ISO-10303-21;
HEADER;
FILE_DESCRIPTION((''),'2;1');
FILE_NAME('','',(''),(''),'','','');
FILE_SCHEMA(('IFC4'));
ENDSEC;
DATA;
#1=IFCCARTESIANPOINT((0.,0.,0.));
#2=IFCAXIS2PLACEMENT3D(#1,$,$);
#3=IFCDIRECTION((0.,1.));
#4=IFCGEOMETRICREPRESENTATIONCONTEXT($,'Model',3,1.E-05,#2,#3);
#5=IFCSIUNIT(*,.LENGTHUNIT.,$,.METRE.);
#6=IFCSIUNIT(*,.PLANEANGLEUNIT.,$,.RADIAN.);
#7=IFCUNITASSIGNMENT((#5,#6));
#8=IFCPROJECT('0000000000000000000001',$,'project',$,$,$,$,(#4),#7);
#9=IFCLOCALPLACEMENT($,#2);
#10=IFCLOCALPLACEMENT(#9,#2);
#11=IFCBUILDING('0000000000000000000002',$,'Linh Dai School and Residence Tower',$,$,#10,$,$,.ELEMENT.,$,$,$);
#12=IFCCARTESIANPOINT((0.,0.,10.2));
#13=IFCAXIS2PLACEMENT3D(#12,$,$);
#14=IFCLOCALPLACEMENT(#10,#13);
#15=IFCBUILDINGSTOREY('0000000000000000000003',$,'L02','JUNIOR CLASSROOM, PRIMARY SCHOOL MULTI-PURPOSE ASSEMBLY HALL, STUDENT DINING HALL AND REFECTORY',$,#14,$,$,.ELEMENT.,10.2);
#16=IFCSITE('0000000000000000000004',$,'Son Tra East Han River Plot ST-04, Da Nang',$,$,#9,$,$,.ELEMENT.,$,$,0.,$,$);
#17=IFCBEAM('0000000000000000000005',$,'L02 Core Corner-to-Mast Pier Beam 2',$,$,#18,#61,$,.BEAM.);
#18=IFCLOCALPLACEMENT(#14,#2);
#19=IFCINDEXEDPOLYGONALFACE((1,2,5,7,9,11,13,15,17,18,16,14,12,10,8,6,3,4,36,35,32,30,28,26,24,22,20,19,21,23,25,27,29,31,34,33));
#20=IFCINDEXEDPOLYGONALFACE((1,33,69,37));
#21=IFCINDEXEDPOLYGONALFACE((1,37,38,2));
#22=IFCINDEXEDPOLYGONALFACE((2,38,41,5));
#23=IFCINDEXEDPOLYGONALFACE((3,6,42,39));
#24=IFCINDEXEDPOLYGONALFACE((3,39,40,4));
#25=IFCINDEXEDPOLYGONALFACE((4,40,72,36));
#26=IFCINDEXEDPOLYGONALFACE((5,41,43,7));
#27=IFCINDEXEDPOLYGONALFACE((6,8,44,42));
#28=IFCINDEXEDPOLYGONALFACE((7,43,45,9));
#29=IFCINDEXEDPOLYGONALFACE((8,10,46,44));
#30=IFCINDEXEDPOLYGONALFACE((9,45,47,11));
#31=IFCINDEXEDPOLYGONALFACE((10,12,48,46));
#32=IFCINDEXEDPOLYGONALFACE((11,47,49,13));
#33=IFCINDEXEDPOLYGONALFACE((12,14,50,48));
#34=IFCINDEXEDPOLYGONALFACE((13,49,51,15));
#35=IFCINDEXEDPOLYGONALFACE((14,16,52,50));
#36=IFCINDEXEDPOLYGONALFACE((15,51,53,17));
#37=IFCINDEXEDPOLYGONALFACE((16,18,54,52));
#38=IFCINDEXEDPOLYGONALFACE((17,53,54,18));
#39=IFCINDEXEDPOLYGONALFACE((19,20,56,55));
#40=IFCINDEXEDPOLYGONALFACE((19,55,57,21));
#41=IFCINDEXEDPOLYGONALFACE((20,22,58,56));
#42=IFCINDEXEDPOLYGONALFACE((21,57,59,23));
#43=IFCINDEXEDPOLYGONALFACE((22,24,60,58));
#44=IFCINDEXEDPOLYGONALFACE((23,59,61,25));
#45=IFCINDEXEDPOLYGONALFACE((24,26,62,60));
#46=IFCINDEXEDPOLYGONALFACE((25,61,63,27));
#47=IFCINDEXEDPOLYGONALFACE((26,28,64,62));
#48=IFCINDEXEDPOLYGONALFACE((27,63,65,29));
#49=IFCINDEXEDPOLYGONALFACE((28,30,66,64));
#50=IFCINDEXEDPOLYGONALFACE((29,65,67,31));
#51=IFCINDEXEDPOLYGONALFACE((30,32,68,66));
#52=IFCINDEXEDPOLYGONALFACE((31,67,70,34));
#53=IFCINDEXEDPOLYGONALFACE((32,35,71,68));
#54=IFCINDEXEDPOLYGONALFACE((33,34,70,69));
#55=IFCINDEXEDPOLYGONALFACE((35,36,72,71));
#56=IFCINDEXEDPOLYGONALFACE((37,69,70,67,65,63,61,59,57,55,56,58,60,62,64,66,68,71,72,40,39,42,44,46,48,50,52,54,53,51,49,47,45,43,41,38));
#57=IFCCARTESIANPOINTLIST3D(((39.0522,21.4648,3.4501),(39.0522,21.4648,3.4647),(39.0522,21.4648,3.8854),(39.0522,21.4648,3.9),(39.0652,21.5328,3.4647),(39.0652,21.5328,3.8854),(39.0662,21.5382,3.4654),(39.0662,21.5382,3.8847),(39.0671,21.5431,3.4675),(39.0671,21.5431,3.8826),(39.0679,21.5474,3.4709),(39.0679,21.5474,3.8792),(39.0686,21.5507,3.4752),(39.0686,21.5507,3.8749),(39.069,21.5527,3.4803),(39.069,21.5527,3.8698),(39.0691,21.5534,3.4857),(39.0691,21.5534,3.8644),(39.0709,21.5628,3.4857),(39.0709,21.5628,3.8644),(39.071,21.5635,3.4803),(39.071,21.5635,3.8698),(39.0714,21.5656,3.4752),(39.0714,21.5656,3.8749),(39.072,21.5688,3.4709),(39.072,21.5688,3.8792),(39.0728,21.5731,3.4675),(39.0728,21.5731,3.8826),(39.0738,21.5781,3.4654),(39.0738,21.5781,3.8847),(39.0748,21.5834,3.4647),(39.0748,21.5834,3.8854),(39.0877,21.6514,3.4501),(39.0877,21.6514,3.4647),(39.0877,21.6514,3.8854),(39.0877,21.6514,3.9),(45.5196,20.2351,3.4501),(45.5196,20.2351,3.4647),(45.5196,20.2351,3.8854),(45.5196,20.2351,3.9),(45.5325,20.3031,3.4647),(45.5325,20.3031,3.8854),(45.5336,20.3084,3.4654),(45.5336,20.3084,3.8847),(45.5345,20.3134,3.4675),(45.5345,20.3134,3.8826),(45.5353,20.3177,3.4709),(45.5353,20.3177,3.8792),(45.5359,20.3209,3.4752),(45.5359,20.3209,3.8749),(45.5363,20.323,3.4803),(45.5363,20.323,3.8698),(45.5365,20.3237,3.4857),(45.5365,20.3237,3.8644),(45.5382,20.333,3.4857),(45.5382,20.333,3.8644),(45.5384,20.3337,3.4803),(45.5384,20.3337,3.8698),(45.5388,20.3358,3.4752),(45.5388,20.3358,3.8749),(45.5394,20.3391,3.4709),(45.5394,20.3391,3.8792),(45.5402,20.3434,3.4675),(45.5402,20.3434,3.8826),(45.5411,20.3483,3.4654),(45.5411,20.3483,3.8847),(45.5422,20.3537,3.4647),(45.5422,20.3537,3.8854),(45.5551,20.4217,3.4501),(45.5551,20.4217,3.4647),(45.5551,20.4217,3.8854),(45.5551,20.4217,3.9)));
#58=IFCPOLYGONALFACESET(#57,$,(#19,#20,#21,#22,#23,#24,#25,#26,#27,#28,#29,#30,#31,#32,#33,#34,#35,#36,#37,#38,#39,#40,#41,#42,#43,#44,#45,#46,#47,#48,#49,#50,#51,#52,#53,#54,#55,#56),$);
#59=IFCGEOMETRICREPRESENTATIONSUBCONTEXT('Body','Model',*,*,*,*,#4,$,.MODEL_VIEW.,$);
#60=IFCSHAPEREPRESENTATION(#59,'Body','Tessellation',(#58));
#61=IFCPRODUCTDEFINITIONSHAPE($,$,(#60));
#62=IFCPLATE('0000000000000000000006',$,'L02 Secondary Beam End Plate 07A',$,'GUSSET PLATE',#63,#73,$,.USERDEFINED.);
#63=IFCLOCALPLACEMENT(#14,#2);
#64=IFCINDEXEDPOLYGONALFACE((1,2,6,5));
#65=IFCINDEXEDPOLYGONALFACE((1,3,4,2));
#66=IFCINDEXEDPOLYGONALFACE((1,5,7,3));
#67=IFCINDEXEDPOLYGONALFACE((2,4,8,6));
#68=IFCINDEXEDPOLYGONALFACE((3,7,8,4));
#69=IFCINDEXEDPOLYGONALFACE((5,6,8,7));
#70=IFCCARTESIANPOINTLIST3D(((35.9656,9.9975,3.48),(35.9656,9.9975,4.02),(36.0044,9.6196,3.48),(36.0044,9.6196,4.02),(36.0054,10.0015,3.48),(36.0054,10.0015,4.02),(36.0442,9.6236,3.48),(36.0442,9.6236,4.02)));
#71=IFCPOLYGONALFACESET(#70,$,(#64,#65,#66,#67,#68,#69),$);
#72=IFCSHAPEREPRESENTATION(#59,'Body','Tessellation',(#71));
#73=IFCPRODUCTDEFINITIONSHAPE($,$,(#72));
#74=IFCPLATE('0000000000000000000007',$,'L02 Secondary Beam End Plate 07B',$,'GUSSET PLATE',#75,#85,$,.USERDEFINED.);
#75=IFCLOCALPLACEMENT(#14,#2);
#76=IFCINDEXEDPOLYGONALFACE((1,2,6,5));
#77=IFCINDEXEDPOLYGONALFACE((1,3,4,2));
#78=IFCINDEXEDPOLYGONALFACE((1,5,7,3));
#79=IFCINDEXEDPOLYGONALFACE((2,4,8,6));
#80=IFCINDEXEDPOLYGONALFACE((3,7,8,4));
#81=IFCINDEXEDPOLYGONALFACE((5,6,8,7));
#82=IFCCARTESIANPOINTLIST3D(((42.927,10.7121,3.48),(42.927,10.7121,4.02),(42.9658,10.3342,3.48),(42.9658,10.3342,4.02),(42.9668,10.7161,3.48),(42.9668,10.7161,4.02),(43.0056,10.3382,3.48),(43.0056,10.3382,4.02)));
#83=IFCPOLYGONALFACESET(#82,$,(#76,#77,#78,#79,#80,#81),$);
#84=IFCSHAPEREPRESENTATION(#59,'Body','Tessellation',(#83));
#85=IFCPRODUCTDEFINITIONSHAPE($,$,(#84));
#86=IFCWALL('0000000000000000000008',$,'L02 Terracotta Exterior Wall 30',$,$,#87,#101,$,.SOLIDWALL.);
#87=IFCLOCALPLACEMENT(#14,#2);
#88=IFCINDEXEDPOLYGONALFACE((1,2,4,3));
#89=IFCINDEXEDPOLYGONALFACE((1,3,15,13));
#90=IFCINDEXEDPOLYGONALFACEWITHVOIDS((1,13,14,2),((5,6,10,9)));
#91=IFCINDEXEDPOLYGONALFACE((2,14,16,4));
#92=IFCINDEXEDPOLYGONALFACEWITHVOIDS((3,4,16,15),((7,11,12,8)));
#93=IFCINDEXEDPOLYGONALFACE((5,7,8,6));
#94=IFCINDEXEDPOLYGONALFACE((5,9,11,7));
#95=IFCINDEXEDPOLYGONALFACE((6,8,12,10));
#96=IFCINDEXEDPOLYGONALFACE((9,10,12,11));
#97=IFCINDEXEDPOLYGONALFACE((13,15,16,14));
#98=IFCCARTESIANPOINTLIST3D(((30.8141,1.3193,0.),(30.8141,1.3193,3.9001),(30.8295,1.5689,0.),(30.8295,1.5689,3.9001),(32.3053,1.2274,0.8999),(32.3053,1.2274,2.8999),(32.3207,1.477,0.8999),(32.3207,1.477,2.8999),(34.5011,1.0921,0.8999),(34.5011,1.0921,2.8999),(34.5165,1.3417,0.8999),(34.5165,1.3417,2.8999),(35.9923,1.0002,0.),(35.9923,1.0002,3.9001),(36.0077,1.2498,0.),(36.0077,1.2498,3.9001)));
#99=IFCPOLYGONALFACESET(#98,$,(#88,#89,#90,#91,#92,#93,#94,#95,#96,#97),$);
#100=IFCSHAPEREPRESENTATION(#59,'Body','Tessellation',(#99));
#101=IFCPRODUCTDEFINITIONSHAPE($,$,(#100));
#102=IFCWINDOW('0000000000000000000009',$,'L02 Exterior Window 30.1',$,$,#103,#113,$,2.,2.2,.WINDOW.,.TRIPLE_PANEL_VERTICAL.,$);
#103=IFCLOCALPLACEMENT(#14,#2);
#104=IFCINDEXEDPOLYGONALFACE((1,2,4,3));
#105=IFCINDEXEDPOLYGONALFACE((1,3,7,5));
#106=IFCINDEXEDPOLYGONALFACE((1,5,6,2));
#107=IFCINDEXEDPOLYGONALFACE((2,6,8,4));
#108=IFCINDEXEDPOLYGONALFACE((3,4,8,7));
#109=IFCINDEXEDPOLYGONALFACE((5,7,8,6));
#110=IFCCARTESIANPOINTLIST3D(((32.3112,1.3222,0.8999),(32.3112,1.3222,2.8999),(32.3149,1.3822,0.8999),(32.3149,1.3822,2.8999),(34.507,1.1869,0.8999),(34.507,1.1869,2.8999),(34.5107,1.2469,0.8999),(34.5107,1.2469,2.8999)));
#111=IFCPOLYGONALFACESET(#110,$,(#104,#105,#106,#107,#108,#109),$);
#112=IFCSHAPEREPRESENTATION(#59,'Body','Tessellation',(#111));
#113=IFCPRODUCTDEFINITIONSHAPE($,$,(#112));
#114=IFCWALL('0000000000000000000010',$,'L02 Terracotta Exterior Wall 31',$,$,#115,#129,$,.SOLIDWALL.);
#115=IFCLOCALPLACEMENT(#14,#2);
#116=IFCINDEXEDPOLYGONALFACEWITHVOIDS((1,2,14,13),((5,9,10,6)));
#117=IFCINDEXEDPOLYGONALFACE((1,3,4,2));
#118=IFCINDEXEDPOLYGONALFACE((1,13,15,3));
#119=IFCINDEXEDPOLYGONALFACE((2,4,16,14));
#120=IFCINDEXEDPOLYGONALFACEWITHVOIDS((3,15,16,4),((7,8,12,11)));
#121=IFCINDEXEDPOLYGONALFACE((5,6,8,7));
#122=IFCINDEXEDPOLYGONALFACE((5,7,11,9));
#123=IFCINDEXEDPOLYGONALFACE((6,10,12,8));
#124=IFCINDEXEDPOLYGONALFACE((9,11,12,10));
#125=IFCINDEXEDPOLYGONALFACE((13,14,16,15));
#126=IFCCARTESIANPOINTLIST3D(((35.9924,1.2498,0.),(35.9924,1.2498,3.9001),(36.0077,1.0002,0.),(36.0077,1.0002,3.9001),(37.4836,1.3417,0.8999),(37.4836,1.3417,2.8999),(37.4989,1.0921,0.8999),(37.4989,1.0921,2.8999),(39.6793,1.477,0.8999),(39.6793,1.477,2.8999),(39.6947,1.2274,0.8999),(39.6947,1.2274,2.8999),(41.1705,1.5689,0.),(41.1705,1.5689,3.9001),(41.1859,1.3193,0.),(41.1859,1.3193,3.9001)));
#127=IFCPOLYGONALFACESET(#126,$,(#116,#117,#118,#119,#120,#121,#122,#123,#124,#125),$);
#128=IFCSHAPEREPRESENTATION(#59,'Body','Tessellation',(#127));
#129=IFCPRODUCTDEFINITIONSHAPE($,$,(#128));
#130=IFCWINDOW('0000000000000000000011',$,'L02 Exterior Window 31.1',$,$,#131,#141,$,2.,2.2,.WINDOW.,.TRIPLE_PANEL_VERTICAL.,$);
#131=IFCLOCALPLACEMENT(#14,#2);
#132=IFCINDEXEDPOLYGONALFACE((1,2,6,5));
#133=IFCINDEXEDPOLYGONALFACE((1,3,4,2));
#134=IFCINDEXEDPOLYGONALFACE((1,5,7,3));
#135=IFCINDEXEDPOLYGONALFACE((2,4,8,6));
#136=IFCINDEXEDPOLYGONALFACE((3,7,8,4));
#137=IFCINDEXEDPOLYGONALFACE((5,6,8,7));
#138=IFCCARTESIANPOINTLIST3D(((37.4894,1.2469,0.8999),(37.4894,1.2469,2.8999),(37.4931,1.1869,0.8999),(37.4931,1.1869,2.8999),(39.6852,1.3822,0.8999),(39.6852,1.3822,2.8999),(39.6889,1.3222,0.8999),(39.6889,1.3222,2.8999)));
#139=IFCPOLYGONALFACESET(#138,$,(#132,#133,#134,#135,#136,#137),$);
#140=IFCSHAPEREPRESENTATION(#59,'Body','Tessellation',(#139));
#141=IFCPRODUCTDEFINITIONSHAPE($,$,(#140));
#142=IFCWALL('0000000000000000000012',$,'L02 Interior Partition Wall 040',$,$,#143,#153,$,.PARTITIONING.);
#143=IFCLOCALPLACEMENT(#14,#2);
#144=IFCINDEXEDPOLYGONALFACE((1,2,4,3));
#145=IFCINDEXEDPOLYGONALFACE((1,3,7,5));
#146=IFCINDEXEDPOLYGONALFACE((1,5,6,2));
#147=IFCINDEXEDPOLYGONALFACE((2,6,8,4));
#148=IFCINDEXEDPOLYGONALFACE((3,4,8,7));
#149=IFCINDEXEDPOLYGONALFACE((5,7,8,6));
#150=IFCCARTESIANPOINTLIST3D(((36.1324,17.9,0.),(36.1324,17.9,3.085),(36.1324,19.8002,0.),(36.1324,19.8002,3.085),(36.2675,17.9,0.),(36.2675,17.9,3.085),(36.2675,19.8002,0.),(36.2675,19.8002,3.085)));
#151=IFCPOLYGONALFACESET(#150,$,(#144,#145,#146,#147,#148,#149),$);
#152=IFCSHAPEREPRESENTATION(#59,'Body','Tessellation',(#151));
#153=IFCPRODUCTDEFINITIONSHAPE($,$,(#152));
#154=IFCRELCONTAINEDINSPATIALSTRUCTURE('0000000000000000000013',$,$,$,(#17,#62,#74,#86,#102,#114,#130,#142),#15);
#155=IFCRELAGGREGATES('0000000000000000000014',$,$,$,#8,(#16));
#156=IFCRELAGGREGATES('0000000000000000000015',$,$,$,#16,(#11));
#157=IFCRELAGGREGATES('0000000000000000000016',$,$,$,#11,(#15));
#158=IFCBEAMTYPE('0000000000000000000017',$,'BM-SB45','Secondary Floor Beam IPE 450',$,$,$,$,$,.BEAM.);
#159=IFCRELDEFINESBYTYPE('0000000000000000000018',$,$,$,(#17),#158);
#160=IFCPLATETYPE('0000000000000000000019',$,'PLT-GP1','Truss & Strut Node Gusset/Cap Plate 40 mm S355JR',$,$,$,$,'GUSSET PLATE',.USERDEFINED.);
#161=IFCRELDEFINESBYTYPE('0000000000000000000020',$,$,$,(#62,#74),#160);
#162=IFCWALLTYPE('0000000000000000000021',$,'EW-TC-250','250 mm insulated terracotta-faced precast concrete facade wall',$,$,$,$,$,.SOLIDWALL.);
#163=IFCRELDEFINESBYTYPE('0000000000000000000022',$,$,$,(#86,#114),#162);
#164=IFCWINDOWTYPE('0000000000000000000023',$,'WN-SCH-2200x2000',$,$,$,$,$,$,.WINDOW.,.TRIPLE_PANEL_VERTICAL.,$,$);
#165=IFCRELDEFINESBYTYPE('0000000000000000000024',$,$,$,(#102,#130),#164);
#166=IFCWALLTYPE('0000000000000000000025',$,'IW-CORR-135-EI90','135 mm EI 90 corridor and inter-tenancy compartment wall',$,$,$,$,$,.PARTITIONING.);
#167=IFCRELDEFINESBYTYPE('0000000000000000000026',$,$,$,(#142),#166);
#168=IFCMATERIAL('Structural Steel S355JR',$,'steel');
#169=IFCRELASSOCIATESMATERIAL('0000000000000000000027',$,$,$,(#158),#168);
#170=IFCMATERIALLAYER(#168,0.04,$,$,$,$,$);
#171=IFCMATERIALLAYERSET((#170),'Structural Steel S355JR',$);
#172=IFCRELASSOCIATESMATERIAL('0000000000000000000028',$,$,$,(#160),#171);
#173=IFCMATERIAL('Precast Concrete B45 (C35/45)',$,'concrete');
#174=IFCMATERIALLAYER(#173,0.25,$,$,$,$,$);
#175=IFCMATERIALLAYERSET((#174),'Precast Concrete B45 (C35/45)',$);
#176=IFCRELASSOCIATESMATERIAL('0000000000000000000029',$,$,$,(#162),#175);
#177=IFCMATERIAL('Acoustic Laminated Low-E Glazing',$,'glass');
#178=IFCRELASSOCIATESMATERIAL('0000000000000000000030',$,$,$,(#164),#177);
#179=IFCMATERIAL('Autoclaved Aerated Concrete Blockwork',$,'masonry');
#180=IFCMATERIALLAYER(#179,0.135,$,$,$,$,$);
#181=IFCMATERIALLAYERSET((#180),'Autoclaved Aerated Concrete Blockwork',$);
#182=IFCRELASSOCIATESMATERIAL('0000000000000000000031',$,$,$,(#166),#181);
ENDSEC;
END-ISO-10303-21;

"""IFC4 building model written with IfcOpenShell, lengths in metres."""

from ifc_helpers import new_model, si_unit, direction, frame, frame_2d, origin, origin_2d, place, context, subcontext, project, spatial, rectangle, i_section, extrude, source, transform, mapped, material, layer, layer_set, material_profile, profile_set, type_object, element, fill, save


model = new_model("IFC4")

# Units and contexts
model_context = context("Model", 3, precision=1e-05, world=origin(), true_north=direction((0.0, 1.0)))
body_context = subcontext(model_context, "Body", "Model", "MODEL_VIEW")
ifc_project = project(units=[si_unit("LENGTHUNIT", "METRE"), si_unit("PLANEANGLEUNIT", "RADIAN")], contexts=[model_context])

# Site, building, storey
site_placement = place(None, origin())
site = spatial("IfcSite", under=ifc_project, at=site_placement, Name="Son Tra East Han River Plot ST-04, Da Nang", CompositionType="ELEMENT", RefElevation=0.0)
building_placement = place(site_placement, origin())
building = spatial("IfcBuilding", under=site, at=building_placement, Name="Linh Dai School and Residence Tower", CompositionType="ELEMENT")
storey_placement = place(building_placement, frame((0.0, 0.0, 10.2)))
storey = spatial("IfcBuildingStorey", under=building, at=storey_placement, Name="L02", Description="JUNIOR CLASSROOM, PRIMARY SCHOOL MULTI-PURPOSE ASSEMBLY HALL, STUDENT DINING HALL AND REFECTORY", CompositionType="ELEMENT", Elevation=10.2)

# Shared definitions
ifc_material_1 = material(Name="Structural Steel S355JR", Category="steel")

# Beam
ifc_material_profile_1 = material_profile(ifc_material_1, i_section(OverallWidth=0.1899, OverallDepth=0.45, WebThickness=0.0095, FlangeThickness=0.0146, FilletRadius=0.021, at=origin_2d()), Name="IPE 450")
ifc_profile_set_1 = profile_set([ifc_material_profile_1], Name="Structural Steel S355JR")
beam_type_1 = type_object("IfcBeamType", Name="BM-SB45", Description="Secondary Floor Beam IPE 450", PredefinedType="BEAM", material=ifc_profile_set_1)
beam_1_placement = place(storey_placement, frame((45.5374, 20.3284, 3.675), z_axis=(-0.982398, 0.1868, 0.0), x_axis=(-0.1868, -0.982398, 0.0)))
element("IfcBeam", 1, at=beam_1_placement, inside=storey, type_object=beam_type_1, Name="L02 Core Corner-to-Mast Pier Beam 2", PredefinedType="BEAM", context=body_context, shape_type="SweptSolid", body=[
    extrude(i_section(OverallWidth=0.1899, OverallDepth=0.45, WebThickness=0.0095, FlangeThickness=0.0146, FilletRadius=0.021, at=origin_2d()), origin(), (0.0, 0.0, 1.0), 6.5833),
])

# Plates
ifc_layer_1 = layer(ifc_material_1, 0.04)
ifc_layer_set_1 = layer_set([ifc_layer_1], Name="Structural Steel S355JR")
plate_type = type_object("IfcPlateType", Name="PLT-GP1", Description="Truss & Strut Node Gusset/Cap Plate 40 mm S355JR", ElementType="GUSSET PLATE", PredefinedType="USERDEFINED", material=ifc_layer_set_1)
shared_shape_1 = source(origin(), body_context, "Body", "SweptSolid", [
    extrude(rectangle(XDim=0.04, YDim=0.3799, at=origin_2d()), origin(), (0.0, 0.0, 1.0), 0.54),
])
for number, where, z_axis, x_axis, name in (
    (2, (36.0049, 9.8105, 3.48), (0.0, 0.0, 1.0), (0.994772, 0.102124, 0.0), "L02 Secondary Beam End Plate 07A"),
    (3, (42.9663, 10.5251, 3.48), (0.0, 0.0, 1.0), (0.994772, 0.102124, 0.0), "L02 Secondary Beam End Plate 07B"),
):
    element("IfcPlate", number, at=place(storey_placement, frame(where, z_axis=z_axis, x_axis=x_axis)), inside=storey, type_object=plate_type, Name=name, ObjectType="GUSSET PLATE", PredefinedType="USERDEFINED", context=body_context, shape_type="MappedRepresentation", body=[
        mapped(shared_shape_1, transform((0.0, 0.0, 0.0), x_axis=(1.0, 0.0, 0.0), y_axis=(0.0, 1.0, 0.0), z_axis=(0.0, 0.0, 1.0), scale=1.0)),
    ])

# Walls, openings, windows
ifc_material_2 = material(Name="Precast Concrete B45 (C35/45)", Category="concrete")
ifc_layer_2 = layer(ifc_material_2, 0.25)
ifc_layer_set_2 = layer_set([ifc_layer_2], Name="Precast Concrete B45 (C35/45)")
wall_type_1 = type_object("IfcWallType", Name="EW-TC-250", Description="250 mm insulated terracotta-faced precast concrete facade wall", PredefinedType="SOLIDWALL", material=ifc_layer_set_2)
wall_1_placement = place(storey_placement, frame((36.0, 1.125, 0.0), z_axis=(0.0, 0.0, 1.0), x_axis=(-0.998107, 0.061505, 0.0)))
wall_1 = element("IfcWall", 4, at=wall_1_placement, inside=storey, type_object=wall_type_1, Name="L02 Terracotta Exterior Wall 30", PredefinedType="SOLIDWALL", context=body_context, shape_type="SweptSolid", body=[
    extrude(rectangle(XDim=5.188, YDim=0.25, at=frame_2d((2.594, 0.0))), origin(), (0.0, 0.0, 1.0), 3.9001),
])
opening_1_placement = place(wall_1_placement, frame((1.4939, 0.0, 0.8999)))
opening_1 = element("IfcOpeningElement", 5, at=opening_1_placement, cuts=wall_1, PredefinedType="OPENING", context=body_context, shape_type="SweptSolid", body=[
    extrude(rectangle(XDim=2.2, YDim=2.0, at=origin_2d()), frame((1.1001, 0.135, 1.0), z_axis=(0.0, -1.0, 0.0), x_axis=(1.0, 0.0, 0.0)), (0.0, 0.0, 1.0), 0.27),
])
ifc_material_3 = material(Name="Acoustic Laminated Low-E Glazing", Category="glass")
window_type = type_object("IfcWindowType", Name="WN-SCH-2200x2000", PartitioningType="TRIPLE_PANEL_VERTICAL", PredefinedType="WINDOW", material=ifc_material_3)
shared_shape_2 = source(origin(), body_context, "Body", "SweptSolid", [
    extrude(rectangle(XDim=2.2, YDim=2.0, at=origin_2d()), frame((1.1001, 0.03, 1.0), z_axis=(0.0, -1.0, 0.0), x_axis=(1.0, 0.0, 0.0)), (0.0, 0.0, 1.0), 0.0601),
])
window_1_placement = place(opening_1_placement, origin())
window_1 = element("IfcWindow", 6, at=window_1_placement, inside=storey, type_object=window_type, Name="L02 Exterior Window 30.1", OverallHeight=2.0, OverallWidth=2.2, PartitioningType="TRIPLE_PANEL_VERTICAL", PredefinedType="WINDOW", context=body_context, shape_type="MappedRepresentation", body=[
    mapped(shared_shape_2, transform((0.0, 0.0, 0.0), x_axis=(1.0, 0.0, 0.0), y_axis=(0.0, 1.0, 0.0), z_axis=(0.0, 0.0, 1.0), scale=1.0)),
])
fill(opening_1, window_1)
wall_2_placement = place(storey_placement, frame((41.1782, 1.4441, 0.0), z_axis=(0.0, 0.0, 1.0), x_axis=(-0.998107, -0.061505, 0.0)))
wall_2 = element("IfcWall", 7, at=wall_2_placement, inside=storey, type_object=wall_type_1, Name="L02 Terracotta Exterior Wall 31", PredefinedType="SOLIDWALL", context=body_context, shape_type="SweptSolid", body=[
    extrude(rectangle(XDim=5.188, YDim=0.25, at=frame_2d((2.594, 0.0))), origin(), (0.0, 0.0, 1.0), 3.9001),
])
opening_2_placement = place(wall_2_placement, frame((1.4939, 0.0, 0.8999)))
opening_2 = element("IfcOpeningElement", 8, at=opening_2_placement, cuts=wall_2, PredefinedType="OPENING", context=body_context, shape_type="SweptSolid", body=[
    extrude(rectangle(XDim=2.2, YDim=2.0, at=origin_2d()), frame((1.1001, 0.135, 1.0), z_axis=(0.0, -1.0, 0.0), x_axis=(1.0, 0.0, 0.0)), (0.0, 0.0, 1.0), 0.27),
])
window_2_placement = place(opening_2_placement, origin())
window_2 = element("IfcWindow", 9, at=window_2_placement, inside=storey, type_object=window_type, Name="L02 Exterior Window 31.1", OverallHeight=2.0, OverallWidth=2.2, PartitioningType="TRIPLE_PANEL_VERTICAL", PredefinedType="WINDOW", context=body_context, shape_type="MappedRepresentation", body=[
    mapped(shared_shape_2, transform((0.0, 0.0, 0.0), x_axis=(1.0, 0.0, 0.0), y_axis=(0.0, 1.0, 0.0), z_axis=(0.0, 0.0, 1.0), scale=1.0)),
])
fill(opening_2, window_2)

# Wall
ifc_material_4 = material(Name="Autoclaved Aerated Concrete Blockwork", Category="masonry")
ifc_layer_3 = layer(ifc_material_4, 0.135)
ifc_layer_set_3 = layer_set([ifc_layer_3], Name="Autoclaved Aerated Concrete Blockwork")
wall_type_2 = type_object("IfcWallType", Name="IW-CORR-135-EI90", Description="135 mm EI 90 corridor and inter-tenancy compartment wall", PredefinedType="PARTITIONING", material=ifc_layer_set_3)
wall_3_placement = place(storey_placement, frame((36.2, 17.8999, 0.0), z_axis=(0.0, 0.0, 1.0), x_axis=(0.0, 1.0, 0.0)))
element("IfcWall", 10, at=wall_3_placement, inside=storey, type_object=wall_type_2, Name="L02 Interior Partition Wall 040", PredefinedType="PARTITIONING", context=body_context, shape_type="SweptSolid", body=[
    extrude(rectangle(XDim=1.9001, YDim=0.135, at=frame_2d((0.9502, 0.0))), origin(), (0.0, 0.0, 1.0), 3.085),
])

save(model, "model.ifc")
